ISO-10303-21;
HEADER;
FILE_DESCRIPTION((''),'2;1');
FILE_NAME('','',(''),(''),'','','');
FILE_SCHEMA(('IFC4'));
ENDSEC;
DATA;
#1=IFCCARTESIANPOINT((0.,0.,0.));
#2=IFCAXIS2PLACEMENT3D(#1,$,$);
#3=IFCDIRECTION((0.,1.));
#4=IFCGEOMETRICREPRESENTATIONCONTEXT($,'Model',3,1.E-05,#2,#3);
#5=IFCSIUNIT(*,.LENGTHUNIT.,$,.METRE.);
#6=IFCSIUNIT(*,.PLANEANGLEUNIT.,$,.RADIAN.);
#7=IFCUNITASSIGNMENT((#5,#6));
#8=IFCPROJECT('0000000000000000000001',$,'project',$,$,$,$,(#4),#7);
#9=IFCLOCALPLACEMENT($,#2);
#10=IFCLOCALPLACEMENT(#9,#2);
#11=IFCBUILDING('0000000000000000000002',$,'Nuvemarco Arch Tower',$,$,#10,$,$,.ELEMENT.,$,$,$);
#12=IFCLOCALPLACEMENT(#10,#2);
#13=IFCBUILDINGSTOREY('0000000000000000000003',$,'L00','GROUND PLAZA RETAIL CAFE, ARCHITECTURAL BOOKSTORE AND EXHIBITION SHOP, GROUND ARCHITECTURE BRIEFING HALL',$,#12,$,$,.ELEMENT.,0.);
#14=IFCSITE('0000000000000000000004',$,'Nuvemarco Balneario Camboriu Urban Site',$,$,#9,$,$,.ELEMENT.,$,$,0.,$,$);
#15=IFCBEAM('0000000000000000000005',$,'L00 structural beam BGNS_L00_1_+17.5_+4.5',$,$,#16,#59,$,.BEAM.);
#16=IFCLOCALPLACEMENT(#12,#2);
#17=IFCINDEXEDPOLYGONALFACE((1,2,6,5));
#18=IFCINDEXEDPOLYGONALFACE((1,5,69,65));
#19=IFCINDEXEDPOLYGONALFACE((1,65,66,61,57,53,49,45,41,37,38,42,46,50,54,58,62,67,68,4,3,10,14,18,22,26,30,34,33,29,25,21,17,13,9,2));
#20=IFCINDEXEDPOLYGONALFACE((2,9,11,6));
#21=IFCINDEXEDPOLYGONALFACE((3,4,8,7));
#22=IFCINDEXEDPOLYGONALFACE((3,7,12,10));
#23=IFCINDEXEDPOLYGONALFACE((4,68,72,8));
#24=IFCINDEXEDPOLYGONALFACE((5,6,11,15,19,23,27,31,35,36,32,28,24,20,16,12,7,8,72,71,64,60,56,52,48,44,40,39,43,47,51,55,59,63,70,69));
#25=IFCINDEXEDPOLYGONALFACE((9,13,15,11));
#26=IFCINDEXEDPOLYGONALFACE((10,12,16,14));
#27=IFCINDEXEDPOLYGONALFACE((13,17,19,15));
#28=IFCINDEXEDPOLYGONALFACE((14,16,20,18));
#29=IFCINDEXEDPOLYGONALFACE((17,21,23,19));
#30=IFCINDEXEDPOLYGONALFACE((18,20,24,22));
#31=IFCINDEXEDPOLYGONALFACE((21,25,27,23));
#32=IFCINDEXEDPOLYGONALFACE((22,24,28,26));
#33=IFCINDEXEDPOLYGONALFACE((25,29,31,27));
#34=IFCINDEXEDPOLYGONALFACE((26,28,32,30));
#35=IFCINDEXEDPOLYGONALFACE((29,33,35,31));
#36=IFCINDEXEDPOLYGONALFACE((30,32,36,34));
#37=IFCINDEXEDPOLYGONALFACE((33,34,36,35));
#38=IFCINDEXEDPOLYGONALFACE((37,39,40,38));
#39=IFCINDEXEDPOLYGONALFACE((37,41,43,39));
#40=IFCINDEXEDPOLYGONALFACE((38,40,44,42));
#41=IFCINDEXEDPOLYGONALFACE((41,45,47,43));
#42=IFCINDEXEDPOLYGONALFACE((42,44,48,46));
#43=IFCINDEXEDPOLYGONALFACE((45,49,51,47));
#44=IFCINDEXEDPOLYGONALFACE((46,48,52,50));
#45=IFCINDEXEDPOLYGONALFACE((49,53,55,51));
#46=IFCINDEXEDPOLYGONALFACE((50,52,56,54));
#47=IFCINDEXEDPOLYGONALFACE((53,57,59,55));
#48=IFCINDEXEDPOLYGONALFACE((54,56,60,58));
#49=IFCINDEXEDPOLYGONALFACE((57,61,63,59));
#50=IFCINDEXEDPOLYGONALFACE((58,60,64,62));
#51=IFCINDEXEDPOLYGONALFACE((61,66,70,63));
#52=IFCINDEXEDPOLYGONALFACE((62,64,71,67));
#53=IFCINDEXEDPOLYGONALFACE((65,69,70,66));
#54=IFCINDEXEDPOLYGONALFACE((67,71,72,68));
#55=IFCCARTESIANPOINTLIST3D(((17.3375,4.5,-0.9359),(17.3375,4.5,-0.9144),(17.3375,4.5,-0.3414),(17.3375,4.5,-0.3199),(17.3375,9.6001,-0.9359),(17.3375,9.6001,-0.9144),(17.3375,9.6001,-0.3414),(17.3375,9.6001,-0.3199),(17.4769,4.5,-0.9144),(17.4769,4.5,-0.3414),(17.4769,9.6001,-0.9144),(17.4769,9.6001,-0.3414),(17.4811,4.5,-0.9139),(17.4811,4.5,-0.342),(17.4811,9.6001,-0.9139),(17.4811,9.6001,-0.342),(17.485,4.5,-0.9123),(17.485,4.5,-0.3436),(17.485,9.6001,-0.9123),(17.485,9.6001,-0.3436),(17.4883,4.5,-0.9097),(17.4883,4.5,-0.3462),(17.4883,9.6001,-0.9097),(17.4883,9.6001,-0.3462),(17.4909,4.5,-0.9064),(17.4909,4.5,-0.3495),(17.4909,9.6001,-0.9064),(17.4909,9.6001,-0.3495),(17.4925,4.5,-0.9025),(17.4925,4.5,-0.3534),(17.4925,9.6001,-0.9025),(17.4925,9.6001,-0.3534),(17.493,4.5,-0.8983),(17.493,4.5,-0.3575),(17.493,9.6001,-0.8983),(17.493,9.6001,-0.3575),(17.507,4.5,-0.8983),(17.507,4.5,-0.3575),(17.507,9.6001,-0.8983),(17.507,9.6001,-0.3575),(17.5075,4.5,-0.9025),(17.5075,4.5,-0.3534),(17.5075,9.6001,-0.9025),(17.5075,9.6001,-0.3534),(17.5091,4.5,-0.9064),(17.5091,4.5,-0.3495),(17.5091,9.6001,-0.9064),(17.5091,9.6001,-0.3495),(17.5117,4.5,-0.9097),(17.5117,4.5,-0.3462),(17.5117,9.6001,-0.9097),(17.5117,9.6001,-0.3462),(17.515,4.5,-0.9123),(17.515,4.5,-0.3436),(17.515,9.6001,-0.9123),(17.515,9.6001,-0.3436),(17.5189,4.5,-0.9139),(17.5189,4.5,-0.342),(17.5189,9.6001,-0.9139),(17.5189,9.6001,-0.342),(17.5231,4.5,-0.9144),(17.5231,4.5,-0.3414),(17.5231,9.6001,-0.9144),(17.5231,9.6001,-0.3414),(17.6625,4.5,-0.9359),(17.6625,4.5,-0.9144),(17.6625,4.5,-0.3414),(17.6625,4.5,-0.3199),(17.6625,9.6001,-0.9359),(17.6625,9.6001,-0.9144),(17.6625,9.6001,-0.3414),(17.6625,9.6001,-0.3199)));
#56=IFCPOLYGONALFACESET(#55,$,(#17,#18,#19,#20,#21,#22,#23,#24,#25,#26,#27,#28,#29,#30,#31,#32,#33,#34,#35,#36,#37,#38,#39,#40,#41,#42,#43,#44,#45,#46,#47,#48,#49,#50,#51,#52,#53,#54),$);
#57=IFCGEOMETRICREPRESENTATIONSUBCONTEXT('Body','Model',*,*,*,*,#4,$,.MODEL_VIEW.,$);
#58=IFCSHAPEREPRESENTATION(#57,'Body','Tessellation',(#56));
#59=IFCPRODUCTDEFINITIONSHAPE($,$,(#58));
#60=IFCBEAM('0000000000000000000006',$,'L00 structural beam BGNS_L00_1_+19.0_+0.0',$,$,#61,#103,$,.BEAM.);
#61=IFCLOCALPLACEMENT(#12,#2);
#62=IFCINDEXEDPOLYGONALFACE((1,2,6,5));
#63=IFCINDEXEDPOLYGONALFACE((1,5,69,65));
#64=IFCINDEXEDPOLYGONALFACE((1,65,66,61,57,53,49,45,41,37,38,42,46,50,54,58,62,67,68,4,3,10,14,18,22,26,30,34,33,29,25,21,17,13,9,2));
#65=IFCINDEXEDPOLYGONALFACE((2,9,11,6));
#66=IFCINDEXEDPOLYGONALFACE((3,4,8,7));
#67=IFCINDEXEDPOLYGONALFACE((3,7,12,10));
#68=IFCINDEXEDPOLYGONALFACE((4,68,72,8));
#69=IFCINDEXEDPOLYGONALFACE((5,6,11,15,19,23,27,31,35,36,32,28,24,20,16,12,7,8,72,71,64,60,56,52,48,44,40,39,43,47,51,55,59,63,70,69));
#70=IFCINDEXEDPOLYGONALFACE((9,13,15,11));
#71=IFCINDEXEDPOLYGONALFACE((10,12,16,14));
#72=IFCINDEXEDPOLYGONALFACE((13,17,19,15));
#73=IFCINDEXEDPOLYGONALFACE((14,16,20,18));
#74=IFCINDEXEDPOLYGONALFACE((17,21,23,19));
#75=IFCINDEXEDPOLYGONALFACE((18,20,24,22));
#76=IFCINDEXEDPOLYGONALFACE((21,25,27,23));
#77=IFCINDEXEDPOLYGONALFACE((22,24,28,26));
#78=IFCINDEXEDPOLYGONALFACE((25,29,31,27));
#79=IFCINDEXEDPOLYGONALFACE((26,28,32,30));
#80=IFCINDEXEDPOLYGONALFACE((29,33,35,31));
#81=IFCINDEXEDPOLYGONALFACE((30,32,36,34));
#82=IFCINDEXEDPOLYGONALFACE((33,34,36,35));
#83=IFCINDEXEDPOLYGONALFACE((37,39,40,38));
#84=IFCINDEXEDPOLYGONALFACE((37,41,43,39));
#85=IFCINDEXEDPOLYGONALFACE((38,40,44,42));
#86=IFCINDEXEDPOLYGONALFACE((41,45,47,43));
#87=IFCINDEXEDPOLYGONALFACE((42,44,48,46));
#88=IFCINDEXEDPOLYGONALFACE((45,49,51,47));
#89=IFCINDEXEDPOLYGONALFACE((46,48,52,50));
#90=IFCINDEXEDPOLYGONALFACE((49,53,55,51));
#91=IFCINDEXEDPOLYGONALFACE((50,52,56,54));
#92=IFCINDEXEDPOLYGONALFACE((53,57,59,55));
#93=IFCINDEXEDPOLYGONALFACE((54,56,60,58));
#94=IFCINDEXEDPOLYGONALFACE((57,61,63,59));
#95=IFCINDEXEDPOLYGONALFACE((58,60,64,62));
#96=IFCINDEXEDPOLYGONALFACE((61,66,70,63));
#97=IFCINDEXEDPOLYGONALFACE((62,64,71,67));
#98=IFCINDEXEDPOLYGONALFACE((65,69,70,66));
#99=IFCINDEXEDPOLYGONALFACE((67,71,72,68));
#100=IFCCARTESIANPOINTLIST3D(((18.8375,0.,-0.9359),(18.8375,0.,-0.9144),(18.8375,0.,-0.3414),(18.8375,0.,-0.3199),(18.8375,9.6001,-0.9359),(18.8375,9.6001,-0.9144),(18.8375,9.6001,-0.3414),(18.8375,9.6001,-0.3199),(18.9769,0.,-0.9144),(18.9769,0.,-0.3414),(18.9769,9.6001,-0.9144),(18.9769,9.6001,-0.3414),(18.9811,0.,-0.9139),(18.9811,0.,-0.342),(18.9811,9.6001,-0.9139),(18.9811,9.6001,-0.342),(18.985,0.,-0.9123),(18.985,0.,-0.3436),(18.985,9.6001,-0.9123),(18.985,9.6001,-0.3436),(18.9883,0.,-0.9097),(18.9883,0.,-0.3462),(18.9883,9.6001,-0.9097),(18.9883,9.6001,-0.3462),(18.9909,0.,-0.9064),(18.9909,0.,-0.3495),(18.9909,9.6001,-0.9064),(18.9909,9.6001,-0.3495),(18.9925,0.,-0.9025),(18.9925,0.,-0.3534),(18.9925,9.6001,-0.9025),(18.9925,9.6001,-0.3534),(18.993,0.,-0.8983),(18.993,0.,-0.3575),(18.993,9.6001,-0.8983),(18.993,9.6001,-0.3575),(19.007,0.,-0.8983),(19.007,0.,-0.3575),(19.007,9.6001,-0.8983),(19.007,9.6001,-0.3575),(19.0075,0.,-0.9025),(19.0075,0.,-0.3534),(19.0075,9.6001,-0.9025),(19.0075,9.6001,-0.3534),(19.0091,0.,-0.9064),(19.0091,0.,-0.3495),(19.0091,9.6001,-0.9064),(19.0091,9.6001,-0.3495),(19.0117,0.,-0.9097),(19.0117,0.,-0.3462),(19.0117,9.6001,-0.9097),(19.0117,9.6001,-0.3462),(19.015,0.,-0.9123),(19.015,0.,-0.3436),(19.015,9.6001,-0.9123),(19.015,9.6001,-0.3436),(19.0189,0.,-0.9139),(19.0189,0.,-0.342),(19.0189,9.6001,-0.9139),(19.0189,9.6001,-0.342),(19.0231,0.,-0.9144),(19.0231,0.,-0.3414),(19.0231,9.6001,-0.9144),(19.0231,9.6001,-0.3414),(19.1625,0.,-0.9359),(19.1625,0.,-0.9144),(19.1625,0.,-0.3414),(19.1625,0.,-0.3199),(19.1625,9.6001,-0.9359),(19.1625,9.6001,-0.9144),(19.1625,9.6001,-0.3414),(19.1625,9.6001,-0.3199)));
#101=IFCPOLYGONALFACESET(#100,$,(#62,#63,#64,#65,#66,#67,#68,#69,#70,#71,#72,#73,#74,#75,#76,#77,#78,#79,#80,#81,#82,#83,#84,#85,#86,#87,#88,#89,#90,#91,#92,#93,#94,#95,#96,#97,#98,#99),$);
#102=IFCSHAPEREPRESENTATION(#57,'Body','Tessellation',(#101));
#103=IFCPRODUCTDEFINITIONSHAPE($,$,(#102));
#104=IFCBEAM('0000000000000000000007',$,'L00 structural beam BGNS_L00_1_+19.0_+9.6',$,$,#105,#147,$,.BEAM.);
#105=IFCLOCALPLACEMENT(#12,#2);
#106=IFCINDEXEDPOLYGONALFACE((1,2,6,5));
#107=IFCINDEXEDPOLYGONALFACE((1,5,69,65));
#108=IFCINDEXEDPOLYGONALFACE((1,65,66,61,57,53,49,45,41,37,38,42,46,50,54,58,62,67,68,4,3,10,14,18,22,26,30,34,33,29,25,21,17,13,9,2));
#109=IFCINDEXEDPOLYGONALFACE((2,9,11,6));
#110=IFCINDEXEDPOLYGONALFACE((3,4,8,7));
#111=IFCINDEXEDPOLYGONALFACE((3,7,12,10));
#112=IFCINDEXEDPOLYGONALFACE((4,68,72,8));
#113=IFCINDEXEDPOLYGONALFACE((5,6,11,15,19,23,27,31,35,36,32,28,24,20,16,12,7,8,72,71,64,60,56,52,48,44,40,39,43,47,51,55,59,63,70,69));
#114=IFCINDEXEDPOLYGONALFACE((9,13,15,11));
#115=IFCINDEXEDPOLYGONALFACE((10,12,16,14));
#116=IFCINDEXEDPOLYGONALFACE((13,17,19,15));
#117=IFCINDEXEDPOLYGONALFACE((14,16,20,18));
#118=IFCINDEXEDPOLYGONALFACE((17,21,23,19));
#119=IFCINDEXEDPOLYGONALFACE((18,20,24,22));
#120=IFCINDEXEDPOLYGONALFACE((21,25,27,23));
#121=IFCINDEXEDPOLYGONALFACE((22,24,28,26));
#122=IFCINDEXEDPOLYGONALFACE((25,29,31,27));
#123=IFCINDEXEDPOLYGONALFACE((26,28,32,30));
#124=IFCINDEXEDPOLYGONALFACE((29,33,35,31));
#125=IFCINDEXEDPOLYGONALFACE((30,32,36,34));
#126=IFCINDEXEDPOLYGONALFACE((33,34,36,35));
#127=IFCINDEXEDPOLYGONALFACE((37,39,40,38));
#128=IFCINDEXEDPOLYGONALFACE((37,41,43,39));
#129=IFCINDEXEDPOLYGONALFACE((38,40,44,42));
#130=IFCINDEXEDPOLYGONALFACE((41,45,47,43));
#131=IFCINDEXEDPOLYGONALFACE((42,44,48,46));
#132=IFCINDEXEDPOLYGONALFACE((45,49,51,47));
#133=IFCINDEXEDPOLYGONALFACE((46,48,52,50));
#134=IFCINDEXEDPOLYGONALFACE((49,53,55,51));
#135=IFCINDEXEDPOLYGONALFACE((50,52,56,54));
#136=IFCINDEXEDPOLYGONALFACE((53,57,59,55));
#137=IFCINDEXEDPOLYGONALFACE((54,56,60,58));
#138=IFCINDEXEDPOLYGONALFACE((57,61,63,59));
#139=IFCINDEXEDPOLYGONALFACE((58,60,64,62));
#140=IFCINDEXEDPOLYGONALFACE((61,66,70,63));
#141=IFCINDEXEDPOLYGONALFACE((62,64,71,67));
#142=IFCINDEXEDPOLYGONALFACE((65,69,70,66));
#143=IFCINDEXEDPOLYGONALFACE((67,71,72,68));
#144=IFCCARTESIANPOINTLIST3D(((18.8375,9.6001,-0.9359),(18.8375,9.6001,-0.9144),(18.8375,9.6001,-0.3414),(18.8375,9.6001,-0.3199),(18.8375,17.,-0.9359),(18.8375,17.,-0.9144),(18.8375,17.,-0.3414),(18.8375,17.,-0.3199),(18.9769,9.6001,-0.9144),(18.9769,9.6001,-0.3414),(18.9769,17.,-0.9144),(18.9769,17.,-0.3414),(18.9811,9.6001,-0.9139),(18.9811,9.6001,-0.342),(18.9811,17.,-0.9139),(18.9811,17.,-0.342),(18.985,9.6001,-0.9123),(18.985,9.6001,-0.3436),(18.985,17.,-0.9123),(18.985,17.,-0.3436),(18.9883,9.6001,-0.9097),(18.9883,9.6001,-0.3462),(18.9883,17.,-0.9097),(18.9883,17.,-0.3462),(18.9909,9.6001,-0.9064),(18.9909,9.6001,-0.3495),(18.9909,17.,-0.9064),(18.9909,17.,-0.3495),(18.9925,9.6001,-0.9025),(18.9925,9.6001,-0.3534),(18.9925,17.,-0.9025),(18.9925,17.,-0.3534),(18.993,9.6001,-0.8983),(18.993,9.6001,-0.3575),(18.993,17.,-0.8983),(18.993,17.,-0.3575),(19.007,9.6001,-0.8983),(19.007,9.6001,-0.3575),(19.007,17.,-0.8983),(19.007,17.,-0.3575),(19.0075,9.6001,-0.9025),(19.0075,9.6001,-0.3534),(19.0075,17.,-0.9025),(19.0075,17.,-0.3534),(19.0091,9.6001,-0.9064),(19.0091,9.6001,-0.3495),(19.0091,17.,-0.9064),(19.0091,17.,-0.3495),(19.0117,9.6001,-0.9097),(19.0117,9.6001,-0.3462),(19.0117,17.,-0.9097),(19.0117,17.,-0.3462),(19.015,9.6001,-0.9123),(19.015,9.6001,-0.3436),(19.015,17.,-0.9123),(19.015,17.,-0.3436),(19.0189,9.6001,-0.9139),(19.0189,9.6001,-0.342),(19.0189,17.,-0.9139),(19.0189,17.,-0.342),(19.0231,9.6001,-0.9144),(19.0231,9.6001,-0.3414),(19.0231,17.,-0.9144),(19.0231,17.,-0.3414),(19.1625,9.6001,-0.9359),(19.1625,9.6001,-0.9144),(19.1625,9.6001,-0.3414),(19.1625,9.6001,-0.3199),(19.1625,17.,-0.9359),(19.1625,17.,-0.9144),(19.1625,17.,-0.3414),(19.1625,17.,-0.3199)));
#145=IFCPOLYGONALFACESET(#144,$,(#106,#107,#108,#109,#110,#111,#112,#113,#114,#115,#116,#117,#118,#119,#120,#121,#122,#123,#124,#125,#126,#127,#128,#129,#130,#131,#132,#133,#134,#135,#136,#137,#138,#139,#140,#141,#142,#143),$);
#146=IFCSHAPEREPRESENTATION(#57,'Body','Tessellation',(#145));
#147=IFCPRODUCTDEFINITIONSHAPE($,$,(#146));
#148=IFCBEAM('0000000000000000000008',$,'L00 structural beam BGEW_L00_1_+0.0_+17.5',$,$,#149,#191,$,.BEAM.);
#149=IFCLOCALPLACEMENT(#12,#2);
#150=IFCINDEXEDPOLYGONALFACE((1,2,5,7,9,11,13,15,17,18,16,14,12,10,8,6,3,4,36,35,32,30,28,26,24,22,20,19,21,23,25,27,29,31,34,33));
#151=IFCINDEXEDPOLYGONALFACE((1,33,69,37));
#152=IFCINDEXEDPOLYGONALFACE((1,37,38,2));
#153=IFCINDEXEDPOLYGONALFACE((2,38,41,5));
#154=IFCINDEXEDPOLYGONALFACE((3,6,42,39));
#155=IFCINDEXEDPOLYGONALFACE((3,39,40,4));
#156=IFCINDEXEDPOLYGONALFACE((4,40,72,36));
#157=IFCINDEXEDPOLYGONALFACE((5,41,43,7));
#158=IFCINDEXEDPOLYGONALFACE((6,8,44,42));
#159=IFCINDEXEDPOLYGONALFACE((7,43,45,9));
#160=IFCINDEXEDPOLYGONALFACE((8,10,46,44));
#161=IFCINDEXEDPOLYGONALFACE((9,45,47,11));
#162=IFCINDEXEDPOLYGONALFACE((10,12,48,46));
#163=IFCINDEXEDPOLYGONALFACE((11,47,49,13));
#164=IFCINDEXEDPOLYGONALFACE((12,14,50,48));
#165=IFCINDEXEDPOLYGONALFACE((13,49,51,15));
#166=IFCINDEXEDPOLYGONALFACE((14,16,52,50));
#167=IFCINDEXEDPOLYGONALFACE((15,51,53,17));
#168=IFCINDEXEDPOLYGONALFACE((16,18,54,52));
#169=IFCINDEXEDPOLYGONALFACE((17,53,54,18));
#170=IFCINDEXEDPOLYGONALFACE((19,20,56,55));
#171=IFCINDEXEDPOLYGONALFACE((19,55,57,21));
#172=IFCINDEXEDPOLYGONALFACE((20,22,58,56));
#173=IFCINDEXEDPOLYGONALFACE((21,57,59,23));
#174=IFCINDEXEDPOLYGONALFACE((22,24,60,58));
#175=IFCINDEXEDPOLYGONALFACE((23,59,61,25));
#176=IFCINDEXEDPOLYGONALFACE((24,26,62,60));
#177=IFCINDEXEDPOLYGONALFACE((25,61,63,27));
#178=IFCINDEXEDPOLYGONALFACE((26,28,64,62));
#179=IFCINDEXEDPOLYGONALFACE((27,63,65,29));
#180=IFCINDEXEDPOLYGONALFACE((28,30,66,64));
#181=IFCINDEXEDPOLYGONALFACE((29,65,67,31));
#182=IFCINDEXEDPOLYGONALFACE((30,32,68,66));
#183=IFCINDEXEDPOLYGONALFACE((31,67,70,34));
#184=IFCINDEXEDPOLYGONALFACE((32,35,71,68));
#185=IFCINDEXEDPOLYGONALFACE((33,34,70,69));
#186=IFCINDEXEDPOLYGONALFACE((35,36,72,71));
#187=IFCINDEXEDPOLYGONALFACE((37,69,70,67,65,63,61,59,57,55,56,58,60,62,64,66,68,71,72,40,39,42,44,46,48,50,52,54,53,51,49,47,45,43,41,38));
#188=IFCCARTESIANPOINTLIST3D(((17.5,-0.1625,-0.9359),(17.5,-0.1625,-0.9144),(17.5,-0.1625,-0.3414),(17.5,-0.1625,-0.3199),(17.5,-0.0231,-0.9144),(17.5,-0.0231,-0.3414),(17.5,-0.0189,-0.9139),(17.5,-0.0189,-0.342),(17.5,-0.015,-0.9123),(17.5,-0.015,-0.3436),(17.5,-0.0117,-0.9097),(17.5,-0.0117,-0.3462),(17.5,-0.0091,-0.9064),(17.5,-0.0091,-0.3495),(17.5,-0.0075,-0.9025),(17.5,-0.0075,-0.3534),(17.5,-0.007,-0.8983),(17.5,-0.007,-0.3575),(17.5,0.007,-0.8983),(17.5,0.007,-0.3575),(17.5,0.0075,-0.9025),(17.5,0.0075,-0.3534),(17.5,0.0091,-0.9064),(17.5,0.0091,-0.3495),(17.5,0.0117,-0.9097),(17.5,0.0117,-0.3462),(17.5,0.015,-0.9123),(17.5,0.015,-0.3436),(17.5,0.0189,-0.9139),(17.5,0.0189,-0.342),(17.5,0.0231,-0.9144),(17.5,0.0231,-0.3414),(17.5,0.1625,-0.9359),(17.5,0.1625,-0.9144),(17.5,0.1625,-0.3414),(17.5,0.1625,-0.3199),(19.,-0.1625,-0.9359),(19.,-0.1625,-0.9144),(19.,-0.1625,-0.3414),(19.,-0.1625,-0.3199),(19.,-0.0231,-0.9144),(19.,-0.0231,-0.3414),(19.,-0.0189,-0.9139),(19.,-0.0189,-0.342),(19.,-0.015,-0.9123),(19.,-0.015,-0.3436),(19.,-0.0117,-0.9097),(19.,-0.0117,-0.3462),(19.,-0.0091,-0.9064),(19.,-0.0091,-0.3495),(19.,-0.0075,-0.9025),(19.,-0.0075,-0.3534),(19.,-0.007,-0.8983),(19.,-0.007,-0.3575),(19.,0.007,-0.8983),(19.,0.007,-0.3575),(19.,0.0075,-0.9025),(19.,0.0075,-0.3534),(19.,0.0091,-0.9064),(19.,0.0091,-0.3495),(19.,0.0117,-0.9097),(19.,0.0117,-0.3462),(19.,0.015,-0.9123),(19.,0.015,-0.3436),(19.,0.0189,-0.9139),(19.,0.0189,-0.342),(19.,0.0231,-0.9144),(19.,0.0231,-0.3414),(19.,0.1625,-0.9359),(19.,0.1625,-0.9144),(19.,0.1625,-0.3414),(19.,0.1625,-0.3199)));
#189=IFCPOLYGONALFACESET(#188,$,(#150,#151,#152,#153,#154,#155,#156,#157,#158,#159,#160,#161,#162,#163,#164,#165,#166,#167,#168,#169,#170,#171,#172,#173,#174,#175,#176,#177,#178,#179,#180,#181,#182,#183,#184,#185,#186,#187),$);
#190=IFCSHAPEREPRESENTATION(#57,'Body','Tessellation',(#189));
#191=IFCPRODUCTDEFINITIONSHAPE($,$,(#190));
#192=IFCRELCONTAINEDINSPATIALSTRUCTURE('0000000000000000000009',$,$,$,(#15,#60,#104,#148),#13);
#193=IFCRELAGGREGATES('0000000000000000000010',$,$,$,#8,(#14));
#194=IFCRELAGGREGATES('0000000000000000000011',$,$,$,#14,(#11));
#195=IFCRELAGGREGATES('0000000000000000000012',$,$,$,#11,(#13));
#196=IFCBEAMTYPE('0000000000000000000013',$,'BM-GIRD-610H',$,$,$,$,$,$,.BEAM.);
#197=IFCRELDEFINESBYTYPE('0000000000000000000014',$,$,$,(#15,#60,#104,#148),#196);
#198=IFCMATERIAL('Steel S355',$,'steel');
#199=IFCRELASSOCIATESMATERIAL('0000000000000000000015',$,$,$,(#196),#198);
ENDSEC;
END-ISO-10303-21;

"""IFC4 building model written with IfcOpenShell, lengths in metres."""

from ifc_helpers import new_model, si_unit, direction, frame, origin, origin_2d, place, context, subcontext, project, spatial, i_section, extrude, material, material_profile, profile_set, type_object, element, save


model = new_model("IFC4")

# Units and contexts
model_context = context("Model", 3, precision=1e-05, world=origin(), true_north=direction((0.0, 1.0)))
body_context = subcontext(model_context, "Body", "Model", "MODEL_VIEW")
ifc_project = project(units=[si_unit("LENGTHUNIT", "METRE"), si_unit("PLANEANGLEUNIT", "RADIAN")], contexts=[model_context])

# Site, building, storey
site_placement = place(None, origin())
site = spatial("IfcSite", under=ifc_project, at=site_placement, Name="Nuvemarco Balneario Camboriu Urban Site", CompositionType="ELEMENT", RefElevation=0.0)
building_placement = place(site_placement, origin())
building = spatial("IfcBuilding", under=site, at=building_placement, Name="Nuvemarco Arch Tower", CompositionType="ELEMENT")
storey_placement = place(building_placement, origin())
storey = spatial("IfcBuildingStorey", under=building, at=storey_placement, Name="L00", Description="GROUND PLAZA RETAIL CAFE, ARCHITECTURAL BOOKSTORE AND EXHIBITION SHOP, GROUND ARCHITECTURE BRIEFING HALL", CompositionType="ELEMENT", Elevation=0.0)

# Beams
ifc_material_1 = material(Name="Steel S355", Category="steel")
ifc_material_profile_1 = material_profile(ifc_material_1, i_section(OverallWidth=0.325, OverallDepth=0.616, WebThickness=0.0139, FlangeThickness=0.0215, FilletRadius=0.0161, at=origin_2d()), Name="W610x174")
ifc_profile_set_1 = profile_set([ifc_material_profile_1], Name="Steel S355")
beam_type_1 = type_object("IfcBeamType", Name="BM-GIRD-610H", PredefinedType="BEAM", material=ifc_profile_set_1)
beam_1_placement = place(storey_placement, frame((17.5, 4.5, -0.6279), z_axis=(0.0, 1.0, 0.0), x_axis=(-1.0, 0.0, 0.0)))
element("IfcBeam", 1, at=beam_1_placement, inside=storey, type_object=beam_type_1, Name="L00 structural beam BGNS_L00_1_+17.5_+4.5", PredefinedType="BEAM", context=body_context, shape_type="SweptSolid", body=[
    extrude(i_section(OverallWidth=0.325, OverallDepth=0.616, WebThickness=0.0139, FlangeThickness=0.0215, FilletRadius=0.0161, at=origin_2d()), origin(), (0.0, 0.0, 1.0), 5.1001),
])
beam_2_placement = place(storey_placement, frame((19.0, 0.0, -0.6279), z_axis=(0.0, 1.0, 0.0), x_axis=(-1.0, 0.0, 0.0)))
element("IfcBeam", 2, at=beam_2_placement, inside=storey, type_object=beam_type_1, Name="L00 structural beam BGNS_L00_1_+19.0_+0.0", PredefinedType="BEAM", context=body_context, shape_type="SweptSolid", body=[
    extrude(i_section(OverallWidth=0.325, OverallDepth=0.616, WebThickness=0.0139, FlangeThickness=0.0215, FilletRadius=0.0161, at=origin_2d()), origin(), (0.0, 0.0, 1.0), 9.6001),
])
beam_3_placement = place(storey_placement, frame((19.0, 9.6001, -0.6279), z_axis=(0.0, 1.0, 0.0), x_axis=(-1.0, 0.0, 0.0)))
element("IfcBeam", 3, at=beam_3_placement, inside=storey, type_object=beam_type_1, Name="L00 structural beam BGNS_L00_1_+19.0_+9.6", PredefinedType="BEAM", context=body_context, shape_type="SweptSolid", body=[
    extrude(i_section(OverallWidth=0.325, OverallDepth=0.616, WebThickness=0.0139, FlangeThickness=0.0215, FilletRadius=0.0161, at=origin_2d()), origin(), (0.0, 0.0, 1.0), 7.3999),
])
beam_4_placement = place(storey_placement, frame((17.5, 0.0, -0.6279), z_axis=(1.0, 0.0, 0.0), x_axis=(0.0, 1.0, 0.0)))
element("IfcBeam", 4, at=beam_4_placement, inside=storey, type_object=beam_type_1, Name="L00 structural beam BGEW_L00_1_+0.0_+17.5", PredefinedType="BEAM", context=body_context, shape_type="SweptSolid", body=[
    extrude(i_section(OverallWidth=0.325, OverallDepth=0.616, WebThickness=0.0139, FlangeThickness=0.0215, FilletRadius=0.0161, at=origin_2d()), origin(), (0.0, 0.0, 1.0), 1.5),
])

save(model, "model.ifc")
